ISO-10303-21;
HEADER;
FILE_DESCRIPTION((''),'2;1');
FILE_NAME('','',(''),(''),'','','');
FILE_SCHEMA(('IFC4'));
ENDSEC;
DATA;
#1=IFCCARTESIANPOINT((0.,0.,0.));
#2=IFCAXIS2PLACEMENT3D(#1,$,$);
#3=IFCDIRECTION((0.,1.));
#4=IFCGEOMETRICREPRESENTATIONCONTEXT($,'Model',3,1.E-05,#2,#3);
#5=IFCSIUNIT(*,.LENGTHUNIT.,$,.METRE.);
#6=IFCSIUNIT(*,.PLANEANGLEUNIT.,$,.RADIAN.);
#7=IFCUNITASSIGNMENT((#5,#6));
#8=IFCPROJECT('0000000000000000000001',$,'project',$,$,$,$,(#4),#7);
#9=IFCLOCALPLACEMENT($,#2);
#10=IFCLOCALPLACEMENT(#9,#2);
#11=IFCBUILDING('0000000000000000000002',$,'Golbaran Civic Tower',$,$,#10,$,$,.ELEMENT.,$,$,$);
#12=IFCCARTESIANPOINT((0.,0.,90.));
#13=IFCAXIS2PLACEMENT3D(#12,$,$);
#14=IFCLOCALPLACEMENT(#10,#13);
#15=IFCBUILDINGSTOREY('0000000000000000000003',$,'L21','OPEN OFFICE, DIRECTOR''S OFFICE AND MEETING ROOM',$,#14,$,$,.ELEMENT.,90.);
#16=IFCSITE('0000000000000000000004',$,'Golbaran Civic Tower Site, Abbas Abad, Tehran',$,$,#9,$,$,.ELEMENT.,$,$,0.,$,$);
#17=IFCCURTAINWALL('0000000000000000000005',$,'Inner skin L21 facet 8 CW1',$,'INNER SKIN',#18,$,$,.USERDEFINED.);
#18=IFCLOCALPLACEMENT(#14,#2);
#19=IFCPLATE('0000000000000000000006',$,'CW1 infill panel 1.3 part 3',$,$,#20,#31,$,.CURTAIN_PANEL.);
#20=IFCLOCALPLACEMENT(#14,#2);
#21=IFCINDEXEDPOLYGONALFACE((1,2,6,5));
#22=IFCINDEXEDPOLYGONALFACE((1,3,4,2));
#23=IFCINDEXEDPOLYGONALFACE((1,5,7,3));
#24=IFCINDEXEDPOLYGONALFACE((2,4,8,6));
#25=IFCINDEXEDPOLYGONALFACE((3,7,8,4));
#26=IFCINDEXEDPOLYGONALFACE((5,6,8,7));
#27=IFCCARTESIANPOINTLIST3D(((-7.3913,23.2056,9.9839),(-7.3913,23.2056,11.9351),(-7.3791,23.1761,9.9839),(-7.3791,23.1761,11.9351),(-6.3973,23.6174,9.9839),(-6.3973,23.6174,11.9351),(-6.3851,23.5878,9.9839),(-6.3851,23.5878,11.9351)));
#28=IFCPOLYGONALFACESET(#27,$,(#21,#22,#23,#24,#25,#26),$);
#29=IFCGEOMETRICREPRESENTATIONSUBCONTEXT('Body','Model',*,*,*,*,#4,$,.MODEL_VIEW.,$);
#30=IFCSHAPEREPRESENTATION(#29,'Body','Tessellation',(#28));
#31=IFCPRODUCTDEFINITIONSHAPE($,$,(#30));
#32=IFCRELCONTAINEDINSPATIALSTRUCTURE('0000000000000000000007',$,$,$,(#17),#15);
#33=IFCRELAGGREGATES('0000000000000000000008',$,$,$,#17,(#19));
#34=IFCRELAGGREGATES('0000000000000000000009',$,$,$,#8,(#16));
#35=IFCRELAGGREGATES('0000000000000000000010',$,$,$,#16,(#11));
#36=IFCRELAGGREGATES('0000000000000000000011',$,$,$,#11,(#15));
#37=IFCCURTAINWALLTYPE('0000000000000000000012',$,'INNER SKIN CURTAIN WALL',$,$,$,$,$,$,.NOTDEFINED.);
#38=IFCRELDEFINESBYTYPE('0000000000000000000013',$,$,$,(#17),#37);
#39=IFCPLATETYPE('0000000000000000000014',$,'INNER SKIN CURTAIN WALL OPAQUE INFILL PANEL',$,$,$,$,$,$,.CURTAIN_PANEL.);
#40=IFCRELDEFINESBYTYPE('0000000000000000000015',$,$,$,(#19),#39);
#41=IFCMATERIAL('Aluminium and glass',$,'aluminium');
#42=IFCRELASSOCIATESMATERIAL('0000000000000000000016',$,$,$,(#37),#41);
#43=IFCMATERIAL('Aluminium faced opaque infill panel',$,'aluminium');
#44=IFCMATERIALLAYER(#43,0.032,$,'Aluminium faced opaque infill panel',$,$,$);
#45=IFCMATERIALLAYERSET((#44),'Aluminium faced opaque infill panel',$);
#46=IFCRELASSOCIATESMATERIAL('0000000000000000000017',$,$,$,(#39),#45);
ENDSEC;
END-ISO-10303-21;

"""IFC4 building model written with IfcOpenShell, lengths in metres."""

from ifc_helpers import new_model, si_unit, direction, frame, origin, origin_2d, place, context, subcontext, project, spatial, rectangle, extrude, material, layer, layer_set, type_object, element, aggregate, save


model = new_model("IFC4")

# Units and contexts
model_context = context("Model", 3, precision=1e-05, world=origin(), true_north=direction((0.0, 1.0)))
body_context = subcontext(model_context, "Body", "Model", "MODEL_VIEW")
ifc_project = project(units=[si_unit("LENGTHUNIT", "METRE"), si_unit("PLANEANGLEUNIT", "RADIAN")], contexts=[model_context])

# Site, building, storey
site_placement = place(None, origin())
site = spatial("IfcSite", under=ifc_project, at=site_placement, Name="Golbaran Civic Tower Site, Abbas Abad, Tehran", CompositionType="ELEMENT", RefElevation=0.0)
building_placement = place(site_placement, origin())
building = spatial("IfcBuilding", under=site, at=building_placement, Name="Golbaran Civic Tower", CompositionType="ELEMENT")
storey_placement = place(building_placement, frame((0.0, 0.0, 90.0)))
storey = spatial("IfcBuildingStorey", under=building, at=storey_placement, Name="L21", Description="OPEN OFFICE, DIRECTOR'S OFFICE AND MEETING ROOM", CompositionType="ELEMENT", Elevation=90.0)

# Curtain wall
ifc_material_1 = material(Name="Aluminium and glass", Category="aluminium")
curtain_wall_type = type_object("IfcCurtainWallType", Name="INNER SKIN CURTAIN WALL", PredefinedType="NOTDEFINED", material=ifc_material_1)
curtain_wall_1_placement = place(storey_placement, origin())
curtain_wall_1 = element("IfcCurtainWall", 1, at=curtain_wall_1_placement, inside=storey, type_object=curtain_wall_type, Name="Inner skin L21 facet 8 CW1", ObjectType="INNER SKIN", PredefinedType="USERDEFINED")

# Plate
ifc_material_2 = material(Name="Aluminium faced opaque infill panel", Category="aluminium")
ifc_layer_1 = layer(ifc_material_2, 0.032, Name="Aluminium faced opaque infill panel")
ifc_layer_set_1 = layer_set([ifc_layer_1], Name="Aluminium faced opaque infill panel")
plate_type_1 = type_object("IfcPlateType", Name="INNER SKIN CURTAIN WALL OPAQUE INFILL PANEL", PredefinedType="CURTAIN_PANEL", material=ifc_layer_set_1)
plate_1_placement = place(storey_placement, frame((-6.8882, 23.3967, 9.9839), z_axis=(0.0, 0.0, 1.0), x_axis=(-0.92388, -0.382683, 0.0)))
plate_1 = element("IfcPlate", 2, at=plate_1_placement, type_object=plate_type_1, Name="CW1 infill panel 1.3 part 3", PredefinedType="CURTAIN_PANEL", context=body_context, shape_type="SweptSolid", body=[
    extrude(rectangle(XDim=1.0759, YDim=0.032, at=origin_2d()), origin(), (0.0, 0.0, 1.0), 1.9512),
])
aggregate(curtain_wall_1, [plate_1])

save(model, "model.ifc")
